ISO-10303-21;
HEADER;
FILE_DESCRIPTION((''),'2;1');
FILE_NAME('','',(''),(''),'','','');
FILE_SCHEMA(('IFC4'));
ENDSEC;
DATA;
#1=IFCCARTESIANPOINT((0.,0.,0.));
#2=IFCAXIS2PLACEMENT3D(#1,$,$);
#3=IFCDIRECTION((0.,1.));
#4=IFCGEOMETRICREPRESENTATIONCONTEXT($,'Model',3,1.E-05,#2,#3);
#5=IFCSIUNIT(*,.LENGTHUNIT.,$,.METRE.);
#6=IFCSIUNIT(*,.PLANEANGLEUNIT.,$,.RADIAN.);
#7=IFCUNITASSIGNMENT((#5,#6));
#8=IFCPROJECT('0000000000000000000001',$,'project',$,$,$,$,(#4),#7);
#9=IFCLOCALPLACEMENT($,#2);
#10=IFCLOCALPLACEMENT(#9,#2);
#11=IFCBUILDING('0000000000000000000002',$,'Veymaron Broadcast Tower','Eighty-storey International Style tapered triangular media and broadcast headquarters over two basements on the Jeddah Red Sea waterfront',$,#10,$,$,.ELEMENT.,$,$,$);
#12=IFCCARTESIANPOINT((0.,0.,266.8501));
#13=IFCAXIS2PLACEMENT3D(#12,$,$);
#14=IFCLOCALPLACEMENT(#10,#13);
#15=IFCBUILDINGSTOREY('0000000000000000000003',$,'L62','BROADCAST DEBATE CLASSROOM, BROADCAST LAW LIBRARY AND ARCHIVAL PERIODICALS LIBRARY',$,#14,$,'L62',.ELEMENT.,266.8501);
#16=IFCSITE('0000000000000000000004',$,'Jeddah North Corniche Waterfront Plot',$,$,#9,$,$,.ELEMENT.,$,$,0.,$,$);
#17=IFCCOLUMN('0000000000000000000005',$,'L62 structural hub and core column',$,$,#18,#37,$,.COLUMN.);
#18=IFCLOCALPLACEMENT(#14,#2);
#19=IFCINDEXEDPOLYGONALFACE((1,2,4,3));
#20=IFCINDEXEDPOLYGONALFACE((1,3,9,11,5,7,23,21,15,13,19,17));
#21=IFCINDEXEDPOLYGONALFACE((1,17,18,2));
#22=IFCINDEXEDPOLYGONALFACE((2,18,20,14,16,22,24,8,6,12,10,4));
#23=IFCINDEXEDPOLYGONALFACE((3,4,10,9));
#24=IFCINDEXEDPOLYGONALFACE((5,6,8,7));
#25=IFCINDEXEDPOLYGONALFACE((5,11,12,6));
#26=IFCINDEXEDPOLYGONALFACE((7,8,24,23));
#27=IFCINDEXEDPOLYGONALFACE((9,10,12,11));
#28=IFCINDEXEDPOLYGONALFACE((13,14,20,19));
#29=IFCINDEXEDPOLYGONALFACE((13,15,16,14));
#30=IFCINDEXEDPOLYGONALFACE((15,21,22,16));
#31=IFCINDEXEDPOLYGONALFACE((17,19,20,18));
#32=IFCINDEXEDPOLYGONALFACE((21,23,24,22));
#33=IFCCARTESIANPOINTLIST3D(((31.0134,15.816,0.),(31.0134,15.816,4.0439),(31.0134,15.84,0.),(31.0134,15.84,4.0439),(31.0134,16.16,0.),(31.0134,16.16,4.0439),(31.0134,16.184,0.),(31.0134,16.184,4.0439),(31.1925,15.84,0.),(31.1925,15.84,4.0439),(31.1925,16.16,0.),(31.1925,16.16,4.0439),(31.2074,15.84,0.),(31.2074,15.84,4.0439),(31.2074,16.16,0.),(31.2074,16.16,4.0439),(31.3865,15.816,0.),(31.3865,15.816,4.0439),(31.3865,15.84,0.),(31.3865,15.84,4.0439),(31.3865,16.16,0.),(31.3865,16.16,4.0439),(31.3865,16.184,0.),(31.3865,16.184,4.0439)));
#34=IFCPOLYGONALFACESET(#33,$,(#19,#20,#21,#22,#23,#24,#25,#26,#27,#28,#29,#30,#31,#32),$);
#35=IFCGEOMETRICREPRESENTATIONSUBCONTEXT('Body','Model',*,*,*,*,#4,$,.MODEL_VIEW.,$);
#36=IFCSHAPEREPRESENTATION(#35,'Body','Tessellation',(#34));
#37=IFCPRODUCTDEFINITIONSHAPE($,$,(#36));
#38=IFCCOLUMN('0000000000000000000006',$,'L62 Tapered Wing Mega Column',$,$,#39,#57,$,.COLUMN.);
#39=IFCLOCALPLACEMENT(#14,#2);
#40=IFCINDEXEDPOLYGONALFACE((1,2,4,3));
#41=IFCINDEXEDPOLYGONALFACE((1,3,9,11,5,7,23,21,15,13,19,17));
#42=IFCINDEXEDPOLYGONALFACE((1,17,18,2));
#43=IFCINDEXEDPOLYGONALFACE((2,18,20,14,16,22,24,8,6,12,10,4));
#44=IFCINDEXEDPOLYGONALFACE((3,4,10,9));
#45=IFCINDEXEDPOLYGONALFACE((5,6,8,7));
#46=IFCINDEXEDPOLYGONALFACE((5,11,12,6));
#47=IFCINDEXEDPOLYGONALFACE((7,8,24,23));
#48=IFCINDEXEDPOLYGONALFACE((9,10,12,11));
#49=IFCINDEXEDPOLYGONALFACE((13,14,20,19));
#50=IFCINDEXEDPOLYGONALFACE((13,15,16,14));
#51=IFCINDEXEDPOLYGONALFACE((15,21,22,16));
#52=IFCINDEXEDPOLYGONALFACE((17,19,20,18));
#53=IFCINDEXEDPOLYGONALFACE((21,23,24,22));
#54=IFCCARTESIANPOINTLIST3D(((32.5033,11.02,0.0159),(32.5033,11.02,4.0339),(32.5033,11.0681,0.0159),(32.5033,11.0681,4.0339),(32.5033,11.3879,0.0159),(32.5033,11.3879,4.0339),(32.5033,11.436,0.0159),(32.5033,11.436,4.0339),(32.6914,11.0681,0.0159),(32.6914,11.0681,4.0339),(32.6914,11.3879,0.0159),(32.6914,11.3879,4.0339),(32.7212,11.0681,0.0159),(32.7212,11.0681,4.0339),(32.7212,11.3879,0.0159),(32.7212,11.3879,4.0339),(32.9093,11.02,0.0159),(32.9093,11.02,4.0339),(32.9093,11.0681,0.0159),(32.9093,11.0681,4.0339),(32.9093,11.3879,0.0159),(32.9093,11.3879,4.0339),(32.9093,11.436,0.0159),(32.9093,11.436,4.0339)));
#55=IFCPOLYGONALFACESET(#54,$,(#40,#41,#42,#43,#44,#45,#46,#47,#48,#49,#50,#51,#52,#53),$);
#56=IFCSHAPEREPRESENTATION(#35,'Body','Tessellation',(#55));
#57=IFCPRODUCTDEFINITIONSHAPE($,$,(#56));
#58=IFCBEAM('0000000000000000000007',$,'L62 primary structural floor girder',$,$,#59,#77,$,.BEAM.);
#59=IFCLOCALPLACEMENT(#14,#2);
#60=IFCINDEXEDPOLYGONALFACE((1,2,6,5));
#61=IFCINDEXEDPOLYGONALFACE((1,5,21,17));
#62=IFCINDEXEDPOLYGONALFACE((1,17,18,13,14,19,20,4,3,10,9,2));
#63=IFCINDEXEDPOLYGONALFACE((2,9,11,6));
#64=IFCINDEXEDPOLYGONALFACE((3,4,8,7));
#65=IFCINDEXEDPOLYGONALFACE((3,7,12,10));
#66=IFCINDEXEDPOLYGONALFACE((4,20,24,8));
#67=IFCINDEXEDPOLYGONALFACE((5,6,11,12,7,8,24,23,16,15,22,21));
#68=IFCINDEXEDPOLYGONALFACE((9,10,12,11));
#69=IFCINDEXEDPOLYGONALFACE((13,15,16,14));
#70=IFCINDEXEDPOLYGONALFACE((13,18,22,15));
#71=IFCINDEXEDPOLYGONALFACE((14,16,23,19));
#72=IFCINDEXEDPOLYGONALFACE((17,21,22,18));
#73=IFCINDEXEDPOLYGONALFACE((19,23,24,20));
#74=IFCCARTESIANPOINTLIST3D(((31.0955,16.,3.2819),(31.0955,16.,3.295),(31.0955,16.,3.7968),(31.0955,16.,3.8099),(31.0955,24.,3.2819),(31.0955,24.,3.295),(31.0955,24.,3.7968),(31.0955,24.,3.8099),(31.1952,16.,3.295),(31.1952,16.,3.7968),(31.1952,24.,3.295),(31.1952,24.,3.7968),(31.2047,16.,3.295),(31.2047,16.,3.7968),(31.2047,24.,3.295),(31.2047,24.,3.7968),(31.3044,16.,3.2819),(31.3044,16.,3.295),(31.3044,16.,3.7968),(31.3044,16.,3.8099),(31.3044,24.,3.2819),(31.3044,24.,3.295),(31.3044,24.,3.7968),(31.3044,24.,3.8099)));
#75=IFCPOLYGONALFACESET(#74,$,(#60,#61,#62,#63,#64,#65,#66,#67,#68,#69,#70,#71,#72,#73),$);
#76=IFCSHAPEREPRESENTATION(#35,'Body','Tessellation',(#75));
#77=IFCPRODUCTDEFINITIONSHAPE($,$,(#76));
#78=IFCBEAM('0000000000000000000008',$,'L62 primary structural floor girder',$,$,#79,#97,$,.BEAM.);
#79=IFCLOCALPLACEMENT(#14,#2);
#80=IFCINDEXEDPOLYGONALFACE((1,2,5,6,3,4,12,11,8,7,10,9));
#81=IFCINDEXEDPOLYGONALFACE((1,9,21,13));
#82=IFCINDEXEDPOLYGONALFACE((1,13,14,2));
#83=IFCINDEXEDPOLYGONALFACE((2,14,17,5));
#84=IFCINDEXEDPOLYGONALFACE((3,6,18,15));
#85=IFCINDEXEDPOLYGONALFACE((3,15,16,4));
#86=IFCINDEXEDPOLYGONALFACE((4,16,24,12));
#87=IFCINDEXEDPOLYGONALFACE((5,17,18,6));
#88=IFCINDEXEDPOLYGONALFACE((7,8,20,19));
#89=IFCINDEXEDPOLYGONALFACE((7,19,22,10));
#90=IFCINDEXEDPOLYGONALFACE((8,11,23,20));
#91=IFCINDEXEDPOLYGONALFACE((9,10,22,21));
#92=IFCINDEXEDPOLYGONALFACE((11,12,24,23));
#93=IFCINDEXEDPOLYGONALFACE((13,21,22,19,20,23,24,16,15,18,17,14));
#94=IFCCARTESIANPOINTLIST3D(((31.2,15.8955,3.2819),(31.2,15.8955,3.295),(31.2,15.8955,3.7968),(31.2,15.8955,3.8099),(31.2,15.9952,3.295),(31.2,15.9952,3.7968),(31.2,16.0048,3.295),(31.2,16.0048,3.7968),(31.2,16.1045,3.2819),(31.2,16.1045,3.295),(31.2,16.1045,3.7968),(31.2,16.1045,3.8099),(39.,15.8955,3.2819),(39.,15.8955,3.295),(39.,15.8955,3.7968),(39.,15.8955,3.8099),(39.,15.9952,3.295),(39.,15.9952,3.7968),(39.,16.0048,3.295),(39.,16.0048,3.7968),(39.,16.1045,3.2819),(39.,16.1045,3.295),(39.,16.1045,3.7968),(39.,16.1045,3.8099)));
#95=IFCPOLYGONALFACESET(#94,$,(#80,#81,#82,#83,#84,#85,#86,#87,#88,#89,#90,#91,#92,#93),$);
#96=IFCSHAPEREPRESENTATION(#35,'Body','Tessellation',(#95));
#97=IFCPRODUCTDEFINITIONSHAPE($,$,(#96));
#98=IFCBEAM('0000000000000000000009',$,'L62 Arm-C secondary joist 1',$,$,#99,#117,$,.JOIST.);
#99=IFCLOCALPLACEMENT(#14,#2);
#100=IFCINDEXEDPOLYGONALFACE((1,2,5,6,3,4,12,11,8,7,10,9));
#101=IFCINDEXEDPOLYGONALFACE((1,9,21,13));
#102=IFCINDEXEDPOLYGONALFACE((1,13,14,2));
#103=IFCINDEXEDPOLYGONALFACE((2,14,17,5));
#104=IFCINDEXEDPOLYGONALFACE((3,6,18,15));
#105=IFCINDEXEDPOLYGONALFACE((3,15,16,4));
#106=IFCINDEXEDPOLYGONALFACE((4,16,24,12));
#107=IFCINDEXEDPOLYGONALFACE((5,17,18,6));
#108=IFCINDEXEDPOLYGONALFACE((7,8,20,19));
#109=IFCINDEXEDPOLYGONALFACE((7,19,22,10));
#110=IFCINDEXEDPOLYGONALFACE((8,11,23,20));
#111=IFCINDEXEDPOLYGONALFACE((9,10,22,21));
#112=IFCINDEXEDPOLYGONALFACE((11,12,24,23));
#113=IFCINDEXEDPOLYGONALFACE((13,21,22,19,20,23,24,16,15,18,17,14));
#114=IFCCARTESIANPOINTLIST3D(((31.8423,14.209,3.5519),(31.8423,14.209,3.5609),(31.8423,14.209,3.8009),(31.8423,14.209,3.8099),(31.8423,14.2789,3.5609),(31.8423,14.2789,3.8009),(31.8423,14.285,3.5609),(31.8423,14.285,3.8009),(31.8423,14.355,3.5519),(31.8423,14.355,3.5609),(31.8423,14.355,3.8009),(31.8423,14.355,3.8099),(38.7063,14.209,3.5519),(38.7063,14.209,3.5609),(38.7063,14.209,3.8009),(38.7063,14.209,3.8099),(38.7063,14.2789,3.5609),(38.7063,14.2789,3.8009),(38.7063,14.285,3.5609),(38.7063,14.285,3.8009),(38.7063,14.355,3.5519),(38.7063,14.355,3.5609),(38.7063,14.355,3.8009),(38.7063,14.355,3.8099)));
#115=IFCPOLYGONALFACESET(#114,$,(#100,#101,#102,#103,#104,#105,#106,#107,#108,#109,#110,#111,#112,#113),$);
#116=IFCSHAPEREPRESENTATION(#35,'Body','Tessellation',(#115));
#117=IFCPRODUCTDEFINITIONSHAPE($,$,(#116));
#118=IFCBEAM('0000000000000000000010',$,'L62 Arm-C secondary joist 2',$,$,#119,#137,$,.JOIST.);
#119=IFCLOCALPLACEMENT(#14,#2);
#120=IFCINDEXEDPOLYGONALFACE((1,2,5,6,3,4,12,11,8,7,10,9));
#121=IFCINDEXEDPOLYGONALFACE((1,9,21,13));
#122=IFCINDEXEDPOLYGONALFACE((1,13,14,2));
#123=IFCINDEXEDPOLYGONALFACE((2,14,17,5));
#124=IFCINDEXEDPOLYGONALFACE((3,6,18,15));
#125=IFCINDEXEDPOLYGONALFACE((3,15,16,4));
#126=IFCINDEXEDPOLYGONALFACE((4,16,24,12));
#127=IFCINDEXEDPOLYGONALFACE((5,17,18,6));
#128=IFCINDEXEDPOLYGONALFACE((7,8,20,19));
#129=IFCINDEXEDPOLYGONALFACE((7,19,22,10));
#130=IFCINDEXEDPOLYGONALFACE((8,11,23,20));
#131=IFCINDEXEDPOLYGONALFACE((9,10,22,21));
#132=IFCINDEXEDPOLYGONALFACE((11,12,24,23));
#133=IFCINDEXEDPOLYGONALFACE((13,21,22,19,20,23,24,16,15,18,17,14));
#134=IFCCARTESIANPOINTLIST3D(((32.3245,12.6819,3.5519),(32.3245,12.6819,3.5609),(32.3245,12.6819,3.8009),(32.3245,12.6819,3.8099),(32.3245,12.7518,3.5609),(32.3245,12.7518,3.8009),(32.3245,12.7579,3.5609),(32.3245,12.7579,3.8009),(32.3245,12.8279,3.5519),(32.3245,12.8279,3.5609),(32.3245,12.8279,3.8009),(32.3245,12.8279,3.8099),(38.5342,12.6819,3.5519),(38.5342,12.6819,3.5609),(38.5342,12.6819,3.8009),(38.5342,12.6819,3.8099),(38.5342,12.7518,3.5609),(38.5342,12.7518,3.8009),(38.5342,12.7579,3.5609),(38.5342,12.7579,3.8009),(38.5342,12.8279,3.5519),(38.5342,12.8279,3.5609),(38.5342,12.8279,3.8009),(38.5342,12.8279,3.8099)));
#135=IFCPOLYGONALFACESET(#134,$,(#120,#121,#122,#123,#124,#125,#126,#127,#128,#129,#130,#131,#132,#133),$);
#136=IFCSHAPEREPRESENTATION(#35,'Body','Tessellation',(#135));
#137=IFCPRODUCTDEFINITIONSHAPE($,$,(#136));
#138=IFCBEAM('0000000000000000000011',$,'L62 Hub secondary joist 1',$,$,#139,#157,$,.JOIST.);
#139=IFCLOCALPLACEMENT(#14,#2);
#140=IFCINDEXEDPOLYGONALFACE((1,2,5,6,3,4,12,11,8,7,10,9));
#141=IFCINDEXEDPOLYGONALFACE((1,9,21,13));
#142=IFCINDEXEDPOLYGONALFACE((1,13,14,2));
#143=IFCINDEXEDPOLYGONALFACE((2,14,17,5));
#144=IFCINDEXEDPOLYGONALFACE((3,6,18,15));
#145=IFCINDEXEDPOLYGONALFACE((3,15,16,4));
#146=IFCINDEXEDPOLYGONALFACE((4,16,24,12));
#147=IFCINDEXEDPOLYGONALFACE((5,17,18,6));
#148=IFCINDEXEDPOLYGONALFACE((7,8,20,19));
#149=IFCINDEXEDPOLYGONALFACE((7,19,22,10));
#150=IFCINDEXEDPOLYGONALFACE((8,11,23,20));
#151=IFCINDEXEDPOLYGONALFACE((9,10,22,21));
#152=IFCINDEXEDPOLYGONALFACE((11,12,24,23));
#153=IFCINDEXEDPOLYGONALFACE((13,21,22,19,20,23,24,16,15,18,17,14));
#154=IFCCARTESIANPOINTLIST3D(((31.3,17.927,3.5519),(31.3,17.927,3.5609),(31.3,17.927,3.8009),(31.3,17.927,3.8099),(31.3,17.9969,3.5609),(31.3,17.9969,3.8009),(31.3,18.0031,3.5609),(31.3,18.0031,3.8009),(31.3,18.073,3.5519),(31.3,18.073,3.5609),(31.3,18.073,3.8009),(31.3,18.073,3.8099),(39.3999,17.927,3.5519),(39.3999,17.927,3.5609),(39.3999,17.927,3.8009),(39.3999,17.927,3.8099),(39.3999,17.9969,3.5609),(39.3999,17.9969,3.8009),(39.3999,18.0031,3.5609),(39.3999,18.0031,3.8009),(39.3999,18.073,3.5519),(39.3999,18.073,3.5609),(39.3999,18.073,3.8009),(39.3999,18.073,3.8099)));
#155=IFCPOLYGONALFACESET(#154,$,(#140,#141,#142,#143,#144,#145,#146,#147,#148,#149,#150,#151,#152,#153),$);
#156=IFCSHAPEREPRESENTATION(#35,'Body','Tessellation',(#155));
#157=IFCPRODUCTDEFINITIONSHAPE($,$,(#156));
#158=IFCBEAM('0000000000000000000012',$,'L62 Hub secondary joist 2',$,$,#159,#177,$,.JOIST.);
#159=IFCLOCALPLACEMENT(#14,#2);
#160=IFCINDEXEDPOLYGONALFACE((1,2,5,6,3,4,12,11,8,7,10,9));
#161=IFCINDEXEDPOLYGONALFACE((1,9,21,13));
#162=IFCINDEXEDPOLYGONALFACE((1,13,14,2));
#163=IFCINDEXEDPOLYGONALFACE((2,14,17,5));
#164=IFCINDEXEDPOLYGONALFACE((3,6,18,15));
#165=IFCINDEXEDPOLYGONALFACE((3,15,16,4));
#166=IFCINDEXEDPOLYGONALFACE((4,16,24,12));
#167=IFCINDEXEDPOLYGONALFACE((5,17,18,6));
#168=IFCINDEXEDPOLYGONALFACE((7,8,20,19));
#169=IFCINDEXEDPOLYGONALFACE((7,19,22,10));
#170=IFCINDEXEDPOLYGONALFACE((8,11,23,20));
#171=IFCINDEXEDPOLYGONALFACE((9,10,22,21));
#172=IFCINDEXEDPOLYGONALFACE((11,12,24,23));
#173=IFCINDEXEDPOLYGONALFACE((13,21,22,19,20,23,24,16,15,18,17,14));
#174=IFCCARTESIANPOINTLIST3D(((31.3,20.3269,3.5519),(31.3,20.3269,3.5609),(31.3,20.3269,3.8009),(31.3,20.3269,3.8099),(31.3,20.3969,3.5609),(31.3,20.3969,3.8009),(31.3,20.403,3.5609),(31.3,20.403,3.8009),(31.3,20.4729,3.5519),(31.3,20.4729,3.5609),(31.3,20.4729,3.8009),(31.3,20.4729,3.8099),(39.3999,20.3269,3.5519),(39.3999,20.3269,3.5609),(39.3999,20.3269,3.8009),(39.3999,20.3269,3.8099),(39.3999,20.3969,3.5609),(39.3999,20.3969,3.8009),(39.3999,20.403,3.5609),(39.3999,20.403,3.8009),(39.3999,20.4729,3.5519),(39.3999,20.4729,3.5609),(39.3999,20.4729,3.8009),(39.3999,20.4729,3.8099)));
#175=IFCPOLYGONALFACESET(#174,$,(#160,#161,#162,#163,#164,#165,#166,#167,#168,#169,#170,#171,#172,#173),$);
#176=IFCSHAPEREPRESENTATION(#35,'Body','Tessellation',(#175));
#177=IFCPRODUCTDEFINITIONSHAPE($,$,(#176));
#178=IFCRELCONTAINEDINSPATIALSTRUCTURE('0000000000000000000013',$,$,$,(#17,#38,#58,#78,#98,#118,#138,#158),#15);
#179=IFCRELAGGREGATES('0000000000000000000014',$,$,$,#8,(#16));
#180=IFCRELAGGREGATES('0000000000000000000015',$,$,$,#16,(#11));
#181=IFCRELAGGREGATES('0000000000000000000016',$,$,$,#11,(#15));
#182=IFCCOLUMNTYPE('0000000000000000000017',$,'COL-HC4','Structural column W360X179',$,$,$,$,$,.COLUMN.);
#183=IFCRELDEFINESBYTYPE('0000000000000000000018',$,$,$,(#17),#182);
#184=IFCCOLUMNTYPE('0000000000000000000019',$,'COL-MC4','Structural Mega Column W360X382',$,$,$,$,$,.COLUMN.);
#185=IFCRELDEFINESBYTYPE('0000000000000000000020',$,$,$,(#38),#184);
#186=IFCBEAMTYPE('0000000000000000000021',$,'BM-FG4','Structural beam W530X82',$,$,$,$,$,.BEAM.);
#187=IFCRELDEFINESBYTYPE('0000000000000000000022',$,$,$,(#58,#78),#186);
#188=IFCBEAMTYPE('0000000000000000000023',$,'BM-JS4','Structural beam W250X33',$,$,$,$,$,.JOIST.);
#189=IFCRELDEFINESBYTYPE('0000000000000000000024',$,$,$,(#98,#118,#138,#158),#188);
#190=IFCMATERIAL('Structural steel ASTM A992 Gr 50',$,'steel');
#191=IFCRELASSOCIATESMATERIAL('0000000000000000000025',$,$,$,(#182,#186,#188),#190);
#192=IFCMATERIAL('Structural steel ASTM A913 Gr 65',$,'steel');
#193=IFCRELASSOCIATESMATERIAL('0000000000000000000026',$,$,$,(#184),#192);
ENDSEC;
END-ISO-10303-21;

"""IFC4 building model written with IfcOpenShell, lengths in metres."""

from ifc_helpers import new_model, si_unit, direction, frame, origin, origin_2d, place, context, subcontext, project, spatial, i_section, extrude, material, material_profile, profile_set, type_object, element, save


model = new_model("IFC4")

# Units and contexts
model_context = context("Model", 3, precision=1e-05, world=origin(), true_north=direction((0.0, 1.0)))
body_context = subcontext(model_context, "Body", "Model", "MODEL_VIEW")
ifc_project = project(units=[si_unit("LENGTHUNIT", "METRE"), si_unit("PLANEANGLEUNIT", "RADIAN")], contexts=[model_context])

# Site, building, storey
site_placement = place(None, origin())
site = spatial("IfcSite", under=ifc_project, at=site_placement, Name="Jeddah North Corniche Waterfront Plot", CompositionType="ELEMENT", RefElevation=0.0)
building_placement = place(site_placement, origin())
building = spatial("IfcBuilding", under=site, at=building_placement, Name="Veymaron Broadcast Tower", Description="Eighty-storey International Style tapered triangular media and broadcast headquarters over two basements on the Jeddah Red Sea waterfront", CompositionType="ELEMENT")
storey_placement = place(building_placement, frame((0.0, 0.0, 266.8501)))
storey = spatial("IfcBuildingStorey", under=building, at=storey_placement, Name="L62", Description="BROADCAST DEBATE CLASSROOM, BROADCAST LAW LIBRARY AND ARCHIVAL PERIODICALS LIBRARY", LongName="L62", CompositionType="ELEMENT", Elevation=266.8501)

# Columns
ifc_material_1 = material(Name="Structural steel ASTM A992 Gr 50", Category="steel")
ifc_material_profile_1 = material_profile(ifc_material_1, i_section(OverallWidth=0.373, OverallDepth=0.3679, WebThickness=0.0149, FlangeThickness=0.0239, at=origin_2d()), Name="W360X179")
ifc_profile_set_1 = profile_set([ifc_material_profile_1], Name="Structural steel ASTM A992 Gr 50")
column_type_1 = type_object("IfcColumnType", Name="COL-HC4", Description="Structural column W360X179", PredefinedType="COLUMN", material=ifc_profile_set_1)
column_1_placement = place(storey_placement, frame((31.2, 16.0, 0.0), z_axis=(0.0, 0.0, 1.0), x_axis=(1.0, 0.0, 0.0)))
element("IfcColumn", 1, at=column_1_placement, inside=storey, type_object=column_type_1, Name="L62 structural hub and core column", PredefinedType="COLUMN", context=body_context, shape_type="SweptSolid", body=[
    extrude(i_section(OverallWidth=0.373, OverallDepth=0.3679, WebThickness=0.0149, FlangeThickness=0.0239, at=origin_2d()), origin(), (0.0, 0.0, 1.0), 4.0439),
])
ifc_material_2 = material(Name="Structural steel ASTM A913 Gr 65", Category="steel")
ifc_material_profile_2 = material_profile(ifc_material_2, i_section(OverallWidth=0.406, OverallDepth=0.416, WebThickness=0.0298, FlangeThickness=0.0481, at=origin_2d()), Name="W360X382")
ifc_profile_set_2 = profile_set([ifc_material_profile_2], Name="Structural steel ASTM A913 Gr 65")
column_type_2 = type_object("IfcColumnType", Name="COL-MC4", Description="Structural Mega Column W360X382", PredefinedType="COLUMN", material=ifc_profile_set_2)
column_2_placement = place(storey_placement, frame((32.7063, 11.228, 0.0159), z_axis=(0.0, 0.0, 1.0), x_axis=(1.0, 0.0, 0.0)))
element("IfcColumn", 2, at=column_2_placement, inside=storey, type_object=column_type_2, Name="L62 Tapered Wing Mega Column", PredefinedType="COLUMN", context=body_context, shape_type="SweptSolid", body=[
    extrude(i_section(OverallWidth=0.406, OverallDepth=0.416, WebThickness=0.0298, FlangeThickness=0.0481, at=origin_2d()), origin(), (0.0, 0.0, 1.0), 4.0181),
])

# Beams
ifc_material_profile_3 = material_profile(ifc_material_1, i_section(OverallWidth=0.209, OverallDepth=0.5281, WebThickness=0.0095, FlangeThickness=0.0132, at=origin_2d()), Name="W530X82")
ifc_profile_set_3 = profile_set([ifc_material_profile_3], Name="Structural steel ASTM A992 Gr 50")
beam_type_1 = type_object("IfcBeamType", Name="BM-FG4", Description="Structural beam W530X82", PredefinedType="BEAM", material=ifc_profile_set_3)
beam_1_placement = place(storey_placement, frame((31.2, 16.0, 3.5459), z_axis=(0.0, 1.0, 0.0), x_axis=(-1.0, 0.0, 0.0)))
element("IfcBeam", 3, at=beam_1_placement, inside=storey, type_object=beam_type_1, Name="L62 primary structural floor girder", PredefinedType="BEAM", context=body_context, shape_type="SweptSolid", body=[
    extrude(i_section(OverallWidth=0.209, OverallDepth=0.5281, WebThickness=0.0095, FlangeThickness=0.0132, at=origin_2d()), origin(), (0.0, 0.0, 1.0), 8.0),
])
beam_2_placement = place(storey_placement, frame((31.2, 16.0, 3.5459), z_axis=(1.0, 0.0, 0.0), x_axis=(0.0, 1.0, 0.0)))
element("IfcBeam", 4, at=beam_2_placement, inside=storey, type_object=beam_type_1, Name="L62 primary structural floor girder", PredefinedType="BEAM", context=body_context, shape_type="SweptSolid", body=[
    extrude(i_section(OverallWidth=0.209, OverallDepth=0.5281, WebThickness=0.0095, FlangeThickness=0.0132, at=origin_2d()), origin(), (0.0, 0.0, 1.0), 7.8),
])
ifc_material_profile_4 = material_profile(ifc_material_1, i_section(OverallWidth=0.146, OverallDepth=0.2581, WebThickness=0.0061, FlangeThickness=0.009, at=origin_2d()), Name="W250X33")
ifc_profile_set_4 = profile_set([ifc_material_profile_4], Name="Structural steel ASTM A992 Gr 50")
beam_type_2 = type_object("IfcBeamType", Name="BM-JS4", Description="Structural beam W250X33", PredefinedType="JOIST", material=ifc_profile_set_4)
beam_3_placement = place(storey_placement, frame((31.8423, 14.282, 3.6809), z_axis=(1.0, 0.0, 0.0), x_axis=(0.0, 1.0, 0.0)))
element("IfcBeam", 5, at=beam_3_placement, inside=storey, type_object=beam_type_2, Name="L62 Arm-C secondary joist 1", PredefinedType="JOIST", context=body_context, shape_type="SweptSolid", body=[
    extrude(i_section(OverallWidth=0.146, OverallDepth=0.2581, WebThickness=0.0061, FlangeThickness=0.009, at=origin_2d()), origin(), (0.0, 0.0, 1.0), 6.864),
])
beam_4_placement = place(storey_placement, frame((32.3245, 12.7549, 3.6809), z_axis=(1.0, 0.0, 0.0), x_axis=(0.0, 1.0, 0.0)))
element("IfcBeam", 6, at=beam_4_placement, inside=storey, type_object=beam_type_2, Name="L62 Arm-C secondary joist 2", PredefinedType="JOIST", context=body_context, shape_type="SweptSolid", body=[
    extrude(i_section(OverallWidth=0.146, OverallDepth=0.2581, WebThickness=0.0061, FlangeThickness=0.009, at=origin_2d()), origin(), (0.0, 0.0, 1.0), 6.2097),
])
for number, where, z_axis, x_axis, name in (
    (7, (31.3, 18.0, 3.6809), (1.0, 0.0, 0.0), (0.0, 1.0, 0.0), "L62 Hub secondary joist 1"),
    (8, (31.3, 20.3999, 3.6809), (1.0, 0.0, 0.0), (0.0, 1.0, 0.0), "L62 Hub secondary joist 2"),
):
    element("IfcBeam", number, at=place(storey_placement, frame(where, z_axis=z_axis, x_axis=x_axis)), inside=storey, type_object=beam_type_2, Name=name, PredefinedType="JOIST", context=body_context, shape_type="SweptSolid", body=[
        extrude(i_section(OverallWidth=0.146, OverallDepth=0.2581, WebThickness=0.0061, FlangeThickness=0.009, at=origin_2d()), origin(), (0.0, 0.0, 1.0), 8.0999),
    ])

save(model, "model.ifc")
